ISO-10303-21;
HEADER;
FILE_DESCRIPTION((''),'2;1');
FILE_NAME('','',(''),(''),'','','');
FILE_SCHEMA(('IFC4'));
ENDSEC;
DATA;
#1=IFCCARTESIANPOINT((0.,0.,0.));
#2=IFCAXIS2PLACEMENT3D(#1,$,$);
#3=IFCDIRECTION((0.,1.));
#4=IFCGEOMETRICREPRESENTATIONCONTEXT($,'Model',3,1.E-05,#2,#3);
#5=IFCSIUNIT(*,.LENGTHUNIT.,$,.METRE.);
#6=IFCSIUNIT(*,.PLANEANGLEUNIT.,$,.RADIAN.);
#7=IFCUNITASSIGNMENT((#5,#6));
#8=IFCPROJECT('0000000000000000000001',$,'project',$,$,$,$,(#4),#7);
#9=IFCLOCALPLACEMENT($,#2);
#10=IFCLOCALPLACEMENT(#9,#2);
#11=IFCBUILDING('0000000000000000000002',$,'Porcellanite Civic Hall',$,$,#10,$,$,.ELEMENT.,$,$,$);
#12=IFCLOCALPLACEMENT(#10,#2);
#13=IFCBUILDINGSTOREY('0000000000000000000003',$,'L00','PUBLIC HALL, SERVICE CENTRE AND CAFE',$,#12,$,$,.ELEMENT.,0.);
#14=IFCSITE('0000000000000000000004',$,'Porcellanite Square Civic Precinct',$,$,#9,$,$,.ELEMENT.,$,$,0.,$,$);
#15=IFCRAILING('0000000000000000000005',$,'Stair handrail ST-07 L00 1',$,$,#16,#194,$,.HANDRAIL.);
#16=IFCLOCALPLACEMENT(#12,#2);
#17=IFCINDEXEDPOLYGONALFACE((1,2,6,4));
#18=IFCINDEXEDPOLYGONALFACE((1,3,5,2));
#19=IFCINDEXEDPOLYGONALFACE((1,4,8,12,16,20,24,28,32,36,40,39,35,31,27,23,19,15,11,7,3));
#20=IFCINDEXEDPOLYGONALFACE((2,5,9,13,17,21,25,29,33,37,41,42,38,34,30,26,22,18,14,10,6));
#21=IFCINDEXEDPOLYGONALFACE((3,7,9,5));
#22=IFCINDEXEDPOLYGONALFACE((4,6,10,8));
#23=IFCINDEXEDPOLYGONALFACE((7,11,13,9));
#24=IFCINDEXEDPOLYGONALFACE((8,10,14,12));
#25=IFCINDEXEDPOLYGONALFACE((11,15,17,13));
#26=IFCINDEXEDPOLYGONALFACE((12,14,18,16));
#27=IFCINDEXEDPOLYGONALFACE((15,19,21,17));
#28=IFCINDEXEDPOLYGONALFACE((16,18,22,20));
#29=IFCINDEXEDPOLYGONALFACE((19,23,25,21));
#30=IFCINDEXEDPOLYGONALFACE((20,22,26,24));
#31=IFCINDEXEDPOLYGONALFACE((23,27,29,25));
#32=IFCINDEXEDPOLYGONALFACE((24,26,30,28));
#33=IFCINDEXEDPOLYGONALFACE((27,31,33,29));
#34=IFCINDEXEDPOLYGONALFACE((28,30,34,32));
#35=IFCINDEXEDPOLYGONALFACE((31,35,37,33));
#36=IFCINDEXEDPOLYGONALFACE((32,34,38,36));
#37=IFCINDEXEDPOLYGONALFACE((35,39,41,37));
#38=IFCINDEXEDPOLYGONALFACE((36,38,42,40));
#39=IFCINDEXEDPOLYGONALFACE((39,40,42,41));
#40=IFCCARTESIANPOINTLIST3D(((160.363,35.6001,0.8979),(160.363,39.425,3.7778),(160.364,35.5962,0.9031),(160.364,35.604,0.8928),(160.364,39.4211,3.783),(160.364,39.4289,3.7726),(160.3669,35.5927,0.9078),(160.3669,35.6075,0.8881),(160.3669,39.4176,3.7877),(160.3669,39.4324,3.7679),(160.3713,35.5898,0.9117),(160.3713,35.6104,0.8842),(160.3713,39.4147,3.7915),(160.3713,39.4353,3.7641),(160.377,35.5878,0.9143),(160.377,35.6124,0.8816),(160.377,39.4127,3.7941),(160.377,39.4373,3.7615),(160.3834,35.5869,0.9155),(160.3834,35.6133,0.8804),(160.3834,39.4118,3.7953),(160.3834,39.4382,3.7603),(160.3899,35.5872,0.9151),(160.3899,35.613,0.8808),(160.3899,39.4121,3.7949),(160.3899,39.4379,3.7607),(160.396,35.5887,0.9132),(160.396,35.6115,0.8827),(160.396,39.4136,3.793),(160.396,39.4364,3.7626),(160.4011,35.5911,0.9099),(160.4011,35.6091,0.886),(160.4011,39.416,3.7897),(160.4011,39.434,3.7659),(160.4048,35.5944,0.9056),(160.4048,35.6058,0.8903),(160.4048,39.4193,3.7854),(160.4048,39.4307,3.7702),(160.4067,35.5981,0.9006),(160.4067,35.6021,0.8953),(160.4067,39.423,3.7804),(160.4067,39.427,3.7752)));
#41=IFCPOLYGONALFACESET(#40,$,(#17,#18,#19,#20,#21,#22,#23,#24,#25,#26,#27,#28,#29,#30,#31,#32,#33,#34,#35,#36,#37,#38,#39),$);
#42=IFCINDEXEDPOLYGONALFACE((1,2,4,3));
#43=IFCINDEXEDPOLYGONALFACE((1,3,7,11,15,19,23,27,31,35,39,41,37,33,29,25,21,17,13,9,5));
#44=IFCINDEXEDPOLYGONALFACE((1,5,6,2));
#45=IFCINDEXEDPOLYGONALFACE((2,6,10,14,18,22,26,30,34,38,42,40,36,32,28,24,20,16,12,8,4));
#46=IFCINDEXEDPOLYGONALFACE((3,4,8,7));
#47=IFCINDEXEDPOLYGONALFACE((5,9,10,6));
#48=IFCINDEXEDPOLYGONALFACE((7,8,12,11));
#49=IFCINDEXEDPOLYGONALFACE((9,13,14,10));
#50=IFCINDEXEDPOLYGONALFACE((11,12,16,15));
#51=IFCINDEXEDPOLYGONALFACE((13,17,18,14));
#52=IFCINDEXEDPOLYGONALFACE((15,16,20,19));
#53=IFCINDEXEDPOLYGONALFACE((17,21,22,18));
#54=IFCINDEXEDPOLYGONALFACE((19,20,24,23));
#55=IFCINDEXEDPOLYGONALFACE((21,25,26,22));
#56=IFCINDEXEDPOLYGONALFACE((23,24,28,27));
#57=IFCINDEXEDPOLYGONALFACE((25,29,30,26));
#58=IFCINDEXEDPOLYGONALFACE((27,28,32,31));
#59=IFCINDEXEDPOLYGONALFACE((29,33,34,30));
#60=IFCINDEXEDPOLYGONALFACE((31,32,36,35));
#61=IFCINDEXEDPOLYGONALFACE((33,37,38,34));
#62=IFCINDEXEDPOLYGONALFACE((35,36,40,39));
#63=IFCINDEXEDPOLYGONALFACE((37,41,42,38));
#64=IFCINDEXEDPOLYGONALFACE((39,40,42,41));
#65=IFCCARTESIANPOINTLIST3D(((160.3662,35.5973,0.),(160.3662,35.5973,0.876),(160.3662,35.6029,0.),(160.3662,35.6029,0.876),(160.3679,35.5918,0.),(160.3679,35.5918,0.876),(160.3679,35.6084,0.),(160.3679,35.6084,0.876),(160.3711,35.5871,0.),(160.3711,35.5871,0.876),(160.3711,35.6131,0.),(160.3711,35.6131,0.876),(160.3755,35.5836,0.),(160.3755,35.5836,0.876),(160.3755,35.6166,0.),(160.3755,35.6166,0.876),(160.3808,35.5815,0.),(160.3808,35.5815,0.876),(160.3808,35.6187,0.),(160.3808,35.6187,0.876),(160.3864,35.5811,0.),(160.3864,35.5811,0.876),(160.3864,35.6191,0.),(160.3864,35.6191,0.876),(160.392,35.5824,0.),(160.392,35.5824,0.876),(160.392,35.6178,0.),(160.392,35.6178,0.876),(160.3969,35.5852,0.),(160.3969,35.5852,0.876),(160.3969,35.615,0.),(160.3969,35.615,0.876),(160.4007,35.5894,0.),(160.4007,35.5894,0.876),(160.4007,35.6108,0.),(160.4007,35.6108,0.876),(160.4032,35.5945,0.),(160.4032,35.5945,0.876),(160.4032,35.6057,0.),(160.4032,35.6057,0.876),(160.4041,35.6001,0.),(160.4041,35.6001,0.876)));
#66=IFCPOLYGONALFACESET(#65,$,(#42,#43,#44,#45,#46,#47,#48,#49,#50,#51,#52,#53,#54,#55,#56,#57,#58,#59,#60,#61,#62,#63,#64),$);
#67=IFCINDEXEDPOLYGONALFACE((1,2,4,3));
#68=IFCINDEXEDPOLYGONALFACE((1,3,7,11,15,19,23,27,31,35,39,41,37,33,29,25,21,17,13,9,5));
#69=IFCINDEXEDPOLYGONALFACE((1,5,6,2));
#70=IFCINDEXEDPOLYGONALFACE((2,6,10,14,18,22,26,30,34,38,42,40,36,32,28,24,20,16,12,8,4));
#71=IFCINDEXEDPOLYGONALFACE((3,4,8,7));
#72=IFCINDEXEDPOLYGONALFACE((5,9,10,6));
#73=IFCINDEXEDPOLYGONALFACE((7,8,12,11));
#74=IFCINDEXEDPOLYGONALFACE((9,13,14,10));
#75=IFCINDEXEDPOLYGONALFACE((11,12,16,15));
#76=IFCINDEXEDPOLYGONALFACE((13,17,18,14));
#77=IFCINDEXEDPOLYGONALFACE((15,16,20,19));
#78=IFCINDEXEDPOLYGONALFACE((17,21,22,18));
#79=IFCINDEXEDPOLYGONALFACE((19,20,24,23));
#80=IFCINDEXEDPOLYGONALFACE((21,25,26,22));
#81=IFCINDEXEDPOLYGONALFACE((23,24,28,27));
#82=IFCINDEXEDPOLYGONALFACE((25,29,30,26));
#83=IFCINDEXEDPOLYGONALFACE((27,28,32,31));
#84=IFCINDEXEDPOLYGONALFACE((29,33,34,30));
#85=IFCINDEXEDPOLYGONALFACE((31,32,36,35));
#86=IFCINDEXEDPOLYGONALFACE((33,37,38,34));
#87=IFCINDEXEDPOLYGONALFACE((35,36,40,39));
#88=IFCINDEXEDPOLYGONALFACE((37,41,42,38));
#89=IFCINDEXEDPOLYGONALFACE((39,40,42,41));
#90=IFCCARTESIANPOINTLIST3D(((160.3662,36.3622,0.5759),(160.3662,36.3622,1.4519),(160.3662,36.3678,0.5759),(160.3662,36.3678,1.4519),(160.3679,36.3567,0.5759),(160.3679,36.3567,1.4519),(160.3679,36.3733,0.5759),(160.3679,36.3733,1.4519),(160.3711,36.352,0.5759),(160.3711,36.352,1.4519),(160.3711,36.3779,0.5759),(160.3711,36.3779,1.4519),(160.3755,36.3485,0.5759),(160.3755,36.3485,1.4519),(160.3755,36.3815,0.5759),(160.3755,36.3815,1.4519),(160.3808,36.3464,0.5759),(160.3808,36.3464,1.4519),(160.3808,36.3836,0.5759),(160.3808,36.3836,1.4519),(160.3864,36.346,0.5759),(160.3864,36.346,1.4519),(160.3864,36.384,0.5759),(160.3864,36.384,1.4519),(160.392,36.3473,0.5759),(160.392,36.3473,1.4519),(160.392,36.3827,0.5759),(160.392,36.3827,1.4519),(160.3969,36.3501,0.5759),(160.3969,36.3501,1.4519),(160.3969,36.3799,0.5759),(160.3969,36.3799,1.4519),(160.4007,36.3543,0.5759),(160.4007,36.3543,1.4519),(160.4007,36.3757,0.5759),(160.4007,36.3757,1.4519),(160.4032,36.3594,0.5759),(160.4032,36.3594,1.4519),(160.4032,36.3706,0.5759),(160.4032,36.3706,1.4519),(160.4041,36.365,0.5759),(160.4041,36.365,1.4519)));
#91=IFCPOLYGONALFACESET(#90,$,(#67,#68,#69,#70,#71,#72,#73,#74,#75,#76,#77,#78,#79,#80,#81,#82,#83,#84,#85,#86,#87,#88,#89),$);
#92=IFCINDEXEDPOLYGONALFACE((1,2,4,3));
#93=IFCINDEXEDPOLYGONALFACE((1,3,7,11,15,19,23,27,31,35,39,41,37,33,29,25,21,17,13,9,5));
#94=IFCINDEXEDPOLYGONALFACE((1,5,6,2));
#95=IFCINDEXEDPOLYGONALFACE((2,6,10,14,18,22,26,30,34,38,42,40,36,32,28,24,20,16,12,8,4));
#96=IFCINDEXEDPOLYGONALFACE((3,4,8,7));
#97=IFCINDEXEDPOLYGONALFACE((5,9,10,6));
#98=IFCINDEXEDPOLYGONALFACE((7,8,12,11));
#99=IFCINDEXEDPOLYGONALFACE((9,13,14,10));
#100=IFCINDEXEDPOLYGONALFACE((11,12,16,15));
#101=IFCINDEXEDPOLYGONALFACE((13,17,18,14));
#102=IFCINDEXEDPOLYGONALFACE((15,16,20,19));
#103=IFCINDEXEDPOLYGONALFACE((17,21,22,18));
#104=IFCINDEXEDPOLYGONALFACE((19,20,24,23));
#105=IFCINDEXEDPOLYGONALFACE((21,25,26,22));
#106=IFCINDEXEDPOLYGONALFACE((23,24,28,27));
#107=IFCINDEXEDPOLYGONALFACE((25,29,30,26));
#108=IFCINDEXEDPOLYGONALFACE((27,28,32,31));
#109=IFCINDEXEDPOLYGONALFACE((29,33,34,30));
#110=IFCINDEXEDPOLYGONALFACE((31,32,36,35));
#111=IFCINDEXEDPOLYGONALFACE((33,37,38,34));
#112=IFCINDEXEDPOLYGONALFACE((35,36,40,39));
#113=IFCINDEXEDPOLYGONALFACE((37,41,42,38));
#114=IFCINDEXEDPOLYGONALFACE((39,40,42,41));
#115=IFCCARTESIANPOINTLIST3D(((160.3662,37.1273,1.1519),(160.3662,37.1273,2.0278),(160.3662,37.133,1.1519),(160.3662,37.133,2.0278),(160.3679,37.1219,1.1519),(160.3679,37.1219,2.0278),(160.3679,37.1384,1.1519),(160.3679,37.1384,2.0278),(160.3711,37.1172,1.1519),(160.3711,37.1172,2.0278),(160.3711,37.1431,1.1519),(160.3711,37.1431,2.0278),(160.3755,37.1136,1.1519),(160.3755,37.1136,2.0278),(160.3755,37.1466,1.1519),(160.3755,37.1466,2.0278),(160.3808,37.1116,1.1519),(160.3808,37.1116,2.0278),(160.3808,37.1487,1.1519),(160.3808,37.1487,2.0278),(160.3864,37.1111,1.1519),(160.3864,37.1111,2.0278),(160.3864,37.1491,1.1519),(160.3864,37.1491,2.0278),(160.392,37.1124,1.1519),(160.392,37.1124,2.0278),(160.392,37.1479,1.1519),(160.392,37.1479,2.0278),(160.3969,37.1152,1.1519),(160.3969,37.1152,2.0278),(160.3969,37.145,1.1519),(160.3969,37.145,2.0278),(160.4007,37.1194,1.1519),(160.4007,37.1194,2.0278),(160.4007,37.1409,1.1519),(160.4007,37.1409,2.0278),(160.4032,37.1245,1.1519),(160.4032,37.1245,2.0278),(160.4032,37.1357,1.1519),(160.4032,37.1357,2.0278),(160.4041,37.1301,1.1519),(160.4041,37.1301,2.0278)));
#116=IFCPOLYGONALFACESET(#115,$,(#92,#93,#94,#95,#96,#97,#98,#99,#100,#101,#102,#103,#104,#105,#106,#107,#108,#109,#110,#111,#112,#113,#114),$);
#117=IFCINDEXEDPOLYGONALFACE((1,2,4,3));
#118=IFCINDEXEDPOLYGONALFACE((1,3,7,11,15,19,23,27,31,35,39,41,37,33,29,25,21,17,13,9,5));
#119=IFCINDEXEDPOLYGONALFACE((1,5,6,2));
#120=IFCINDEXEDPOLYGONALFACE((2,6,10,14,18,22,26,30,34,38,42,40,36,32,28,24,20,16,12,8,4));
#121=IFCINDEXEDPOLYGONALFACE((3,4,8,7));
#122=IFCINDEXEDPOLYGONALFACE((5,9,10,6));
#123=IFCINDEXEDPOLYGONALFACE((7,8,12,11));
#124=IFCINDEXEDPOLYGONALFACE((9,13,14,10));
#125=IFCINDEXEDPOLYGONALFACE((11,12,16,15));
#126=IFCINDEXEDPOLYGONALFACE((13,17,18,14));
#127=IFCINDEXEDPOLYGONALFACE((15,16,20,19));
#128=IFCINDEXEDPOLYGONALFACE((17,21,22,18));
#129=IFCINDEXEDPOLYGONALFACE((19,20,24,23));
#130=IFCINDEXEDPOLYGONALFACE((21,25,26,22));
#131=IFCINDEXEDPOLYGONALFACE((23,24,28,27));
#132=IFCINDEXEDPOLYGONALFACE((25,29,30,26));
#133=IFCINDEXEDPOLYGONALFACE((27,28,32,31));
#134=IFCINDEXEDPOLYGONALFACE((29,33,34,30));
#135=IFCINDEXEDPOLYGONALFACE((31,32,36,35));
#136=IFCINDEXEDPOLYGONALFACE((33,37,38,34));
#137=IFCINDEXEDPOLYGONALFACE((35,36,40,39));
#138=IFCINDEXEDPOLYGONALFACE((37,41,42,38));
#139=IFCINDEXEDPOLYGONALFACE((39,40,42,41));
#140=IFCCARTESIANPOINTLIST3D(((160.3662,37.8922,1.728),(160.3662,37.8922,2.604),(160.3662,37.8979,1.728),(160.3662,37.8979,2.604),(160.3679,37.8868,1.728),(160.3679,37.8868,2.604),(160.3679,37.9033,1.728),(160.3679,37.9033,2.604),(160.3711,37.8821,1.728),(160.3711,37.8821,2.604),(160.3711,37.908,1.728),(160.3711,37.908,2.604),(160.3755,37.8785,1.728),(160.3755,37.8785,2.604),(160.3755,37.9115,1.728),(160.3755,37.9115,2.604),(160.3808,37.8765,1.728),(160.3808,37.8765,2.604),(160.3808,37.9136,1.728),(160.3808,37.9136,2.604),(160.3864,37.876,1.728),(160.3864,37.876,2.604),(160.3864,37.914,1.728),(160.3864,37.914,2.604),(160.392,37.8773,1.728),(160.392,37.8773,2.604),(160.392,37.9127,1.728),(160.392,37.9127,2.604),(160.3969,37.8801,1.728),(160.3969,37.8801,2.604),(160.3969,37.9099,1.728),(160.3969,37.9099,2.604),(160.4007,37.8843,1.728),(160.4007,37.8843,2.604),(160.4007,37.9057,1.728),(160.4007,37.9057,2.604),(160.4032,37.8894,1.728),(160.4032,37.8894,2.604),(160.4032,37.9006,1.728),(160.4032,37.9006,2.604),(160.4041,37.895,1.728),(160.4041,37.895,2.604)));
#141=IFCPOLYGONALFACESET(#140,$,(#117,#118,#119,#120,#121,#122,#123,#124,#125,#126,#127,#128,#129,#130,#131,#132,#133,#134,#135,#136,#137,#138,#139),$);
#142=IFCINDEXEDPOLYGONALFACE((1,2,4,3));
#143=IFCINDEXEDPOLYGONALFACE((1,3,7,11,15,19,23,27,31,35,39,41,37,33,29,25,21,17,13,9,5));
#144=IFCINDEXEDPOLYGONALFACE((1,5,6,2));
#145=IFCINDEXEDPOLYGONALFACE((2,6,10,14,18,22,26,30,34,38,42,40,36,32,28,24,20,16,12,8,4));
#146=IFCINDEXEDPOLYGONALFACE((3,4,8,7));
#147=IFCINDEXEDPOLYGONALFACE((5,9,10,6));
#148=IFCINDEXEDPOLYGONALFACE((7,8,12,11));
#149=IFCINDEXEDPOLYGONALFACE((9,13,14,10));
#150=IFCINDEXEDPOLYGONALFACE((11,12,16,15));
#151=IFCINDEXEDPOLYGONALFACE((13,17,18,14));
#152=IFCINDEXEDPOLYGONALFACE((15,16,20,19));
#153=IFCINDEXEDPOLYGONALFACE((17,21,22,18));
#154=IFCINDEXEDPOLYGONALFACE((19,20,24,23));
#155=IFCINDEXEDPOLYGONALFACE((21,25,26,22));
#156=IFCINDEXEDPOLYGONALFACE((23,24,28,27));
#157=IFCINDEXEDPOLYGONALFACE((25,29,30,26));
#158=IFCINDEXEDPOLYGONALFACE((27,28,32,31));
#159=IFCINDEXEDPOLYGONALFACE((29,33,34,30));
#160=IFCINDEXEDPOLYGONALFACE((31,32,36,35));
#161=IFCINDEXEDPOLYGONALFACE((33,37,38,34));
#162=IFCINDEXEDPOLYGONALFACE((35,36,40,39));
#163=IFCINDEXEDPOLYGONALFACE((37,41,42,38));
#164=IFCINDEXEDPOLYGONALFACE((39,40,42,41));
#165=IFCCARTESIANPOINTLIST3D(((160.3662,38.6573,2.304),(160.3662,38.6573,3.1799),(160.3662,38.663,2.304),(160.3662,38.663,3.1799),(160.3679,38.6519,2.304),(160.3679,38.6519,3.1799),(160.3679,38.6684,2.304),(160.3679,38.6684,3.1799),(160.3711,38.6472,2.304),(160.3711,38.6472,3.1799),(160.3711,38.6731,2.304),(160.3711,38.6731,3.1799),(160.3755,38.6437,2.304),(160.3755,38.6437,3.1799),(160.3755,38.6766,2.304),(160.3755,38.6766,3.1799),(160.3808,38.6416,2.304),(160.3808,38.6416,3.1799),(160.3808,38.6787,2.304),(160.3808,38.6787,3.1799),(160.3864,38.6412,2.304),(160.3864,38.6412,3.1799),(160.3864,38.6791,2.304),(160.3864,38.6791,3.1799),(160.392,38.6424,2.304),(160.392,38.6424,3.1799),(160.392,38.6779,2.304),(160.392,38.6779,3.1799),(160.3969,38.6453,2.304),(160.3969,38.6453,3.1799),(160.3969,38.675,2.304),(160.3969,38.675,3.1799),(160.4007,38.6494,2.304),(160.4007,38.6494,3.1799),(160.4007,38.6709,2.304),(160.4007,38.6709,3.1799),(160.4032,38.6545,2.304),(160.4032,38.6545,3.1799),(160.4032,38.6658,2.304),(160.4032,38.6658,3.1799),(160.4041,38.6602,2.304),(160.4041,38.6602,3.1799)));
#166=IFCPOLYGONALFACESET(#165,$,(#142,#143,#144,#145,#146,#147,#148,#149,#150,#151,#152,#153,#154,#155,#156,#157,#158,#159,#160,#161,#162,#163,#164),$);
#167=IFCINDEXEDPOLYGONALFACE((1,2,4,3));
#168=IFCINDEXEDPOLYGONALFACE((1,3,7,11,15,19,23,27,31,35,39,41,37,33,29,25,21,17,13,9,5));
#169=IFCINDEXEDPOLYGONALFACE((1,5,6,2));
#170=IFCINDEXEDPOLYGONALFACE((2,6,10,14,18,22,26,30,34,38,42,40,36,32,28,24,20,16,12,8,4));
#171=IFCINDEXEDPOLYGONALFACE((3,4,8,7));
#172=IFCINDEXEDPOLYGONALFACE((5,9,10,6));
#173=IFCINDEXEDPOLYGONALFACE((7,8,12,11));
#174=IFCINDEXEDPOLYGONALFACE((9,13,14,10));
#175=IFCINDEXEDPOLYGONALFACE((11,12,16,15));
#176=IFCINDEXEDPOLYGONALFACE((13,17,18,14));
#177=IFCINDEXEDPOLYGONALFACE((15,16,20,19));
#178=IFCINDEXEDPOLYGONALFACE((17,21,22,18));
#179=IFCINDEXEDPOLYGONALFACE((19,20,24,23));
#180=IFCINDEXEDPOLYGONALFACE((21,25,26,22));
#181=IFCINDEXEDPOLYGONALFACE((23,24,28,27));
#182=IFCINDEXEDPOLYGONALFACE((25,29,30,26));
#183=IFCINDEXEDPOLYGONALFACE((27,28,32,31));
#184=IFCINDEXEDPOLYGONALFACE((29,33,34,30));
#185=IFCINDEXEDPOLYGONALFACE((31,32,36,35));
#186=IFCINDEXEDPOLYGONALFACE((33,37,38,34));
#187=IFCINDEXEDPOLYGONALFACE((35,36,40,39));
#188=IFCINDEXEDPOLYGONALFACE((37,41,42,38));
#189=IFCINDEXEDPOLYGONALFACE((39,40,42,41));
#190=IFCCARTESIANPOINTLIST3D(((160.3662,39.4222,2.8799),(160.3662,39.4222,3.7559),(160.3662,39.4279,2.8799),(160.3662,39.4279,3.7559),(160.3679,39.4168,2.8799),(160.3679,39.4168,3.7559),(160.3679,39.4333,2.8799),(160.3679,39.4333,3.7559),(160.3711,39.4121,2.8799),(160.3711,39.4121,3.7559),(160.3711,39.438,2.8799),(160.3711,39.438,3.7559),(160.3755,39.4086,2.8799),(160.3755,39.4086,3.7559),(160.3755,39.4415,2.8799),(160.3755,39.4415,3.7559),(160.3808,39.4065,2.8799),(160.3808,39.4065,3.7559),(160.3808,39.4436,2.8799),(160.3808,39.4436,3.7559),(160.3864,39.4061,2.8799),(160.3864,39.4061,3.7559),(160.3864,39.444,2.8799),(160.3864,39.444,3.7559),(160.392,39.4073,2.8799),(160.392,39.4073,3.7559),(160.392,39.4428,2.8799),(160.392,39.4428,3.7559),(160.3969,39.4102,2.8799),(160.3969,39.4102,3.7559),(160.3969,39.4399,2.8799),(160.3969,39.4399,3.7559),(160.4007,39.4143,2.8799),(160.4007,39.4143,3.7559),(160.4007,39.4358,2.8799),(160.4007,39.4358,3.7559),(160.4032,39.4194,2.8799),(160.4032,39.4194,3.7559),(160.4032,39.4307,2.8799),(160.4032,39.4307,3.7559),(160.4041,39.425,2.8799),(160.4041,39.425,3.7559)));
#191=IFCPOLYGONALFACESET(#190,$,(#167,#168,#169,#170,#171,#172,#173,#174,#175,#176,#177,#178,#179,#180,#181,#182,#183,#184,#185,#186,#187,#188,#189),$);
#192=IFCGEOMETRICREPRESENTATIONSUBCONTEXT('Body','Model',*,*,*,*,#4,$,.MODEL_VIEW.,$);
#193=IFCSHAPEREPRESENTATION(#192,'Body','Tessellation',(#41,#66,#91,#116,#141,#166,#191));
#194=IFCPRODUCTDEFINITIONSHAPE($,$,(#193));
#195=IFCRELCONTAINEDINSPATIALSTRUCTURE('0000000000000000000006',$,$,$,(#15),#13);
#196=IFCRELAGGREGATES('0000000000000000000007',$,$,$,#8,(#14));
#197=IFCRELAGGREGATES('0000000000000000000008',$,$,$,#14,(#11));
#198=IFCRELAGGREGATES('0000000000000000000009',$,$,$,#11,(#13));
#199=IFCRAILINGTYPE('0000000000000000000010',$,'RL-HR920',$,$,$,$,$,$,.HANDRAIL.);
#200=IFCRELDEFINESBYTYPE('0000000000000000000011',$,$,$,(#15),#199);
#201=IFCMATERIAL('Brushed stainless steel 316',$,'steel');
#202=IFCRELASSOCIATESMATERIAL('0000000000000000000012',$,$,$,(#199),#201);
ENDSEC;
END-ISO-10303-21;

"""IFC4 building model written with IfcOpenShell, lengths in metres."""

from ifc_helpers import new_model, si_unit, direction, frame, origin, origin_2d, place, context, subcontext, project, spatial, circle, extrude, material, type_object, element, save


model = new_model("IFC4")

# Units and contexts
model_context = context("Model", 3, precision=1e-05, world=origin(), true_north=direction((0.0, 1.0)))
body_context = subcontext(model_context, "Body", "Model", "MODEL_VIEW")
ifc_project = project(units=[si_unit("LENGTHUNIT", "METRE"), si_unit("PLANEANGLEUNIT", "RADIAN")], contexts=[model_context])

# Site, building, storey
site_placement = place(None, origin())
site = spatial("IfcSite", under=ifc_project, at=site_placement, Name="Porcellanite Square Civic Precinct", CompositionType="ELEMENT", RefElevation=0.0)
building_placement = place(site_placement, origin())
building = spatial("IfcBuilding", under=site, at=building_placement, Name="Porcellanite Civic Hall", CompositionType="ELEMENT")
storey_placement = place(building_placement, origin())
storey = spatial("IfcBuildingStorey", under=building, at=storey_placement, Name="L00", Description="PUBLIC HALL, SERVICE CENTRE AND CAFE", CompositionType="ELEMENT", Elevation=0.0)

# Railing
ifc_material_1 = material(Name="Brushed stainless steel 316", Category="steel")
railing_type_1 = type_object("IfcRailingType", Name="RL-HR920", PredefinedType="HANDRAIL", material=ifc_material_1)
railing_1_placement = place(storey_placement, frame((160.385, 35.6001, 0.0)))
element("IfcRailing", 1, at=railing_1_placement, inside=storey, type_object=railing_type_1, Name="Stair handrail ST-07 L00 1", PredefinedType="HANDRAIL", context=body_context, shape_type="SweptSolid", body=[
    extrude(circle(Radius=0.022, at=origin_2d()), frame((0.0, 0.0, 0.8979), z_axis=(0.0, 0.798879, 0.601492), x_axis=(-1.0, 0.0, 0.0)), (0.0, 0.0, 1.0), 4.7878),
    extrude(circle(Radius=0.019, at=origin_2d()), origin(), (0.0, 0.0, 1.0), 0.876),
    extrude(circle(Radius=0.019, at=origin_2d()), frame((0.0, 0.7649, 0.5759)), (0.0, 0.0, 1.0), 0.876),
    extrude(circle(Radius=0.019, at=origin_2d()), frame((0.0, 1.53, 1.1519)), (0.0, 0.0, 1.0), 0.876),
    extrude(circle(Radius=0.019, at=origin_2d()), frame((0.0, 2.2949, 1.728)), (0.0, 0.0, 1.0), 0.876),
    extrude(circle(Radius=0.019, at=origin_2d()), frame((0.0, 3.0601, 2.304)), (0.0, 0.0, 1.0), 0.876),
    extrude(circle(Radius=0.019, at=origin_2d()), frame((0.0, 3.825, 2.8799)), (0.0, 0.0, 1.0), 0.876),
])

save(model, "model.ifc")
